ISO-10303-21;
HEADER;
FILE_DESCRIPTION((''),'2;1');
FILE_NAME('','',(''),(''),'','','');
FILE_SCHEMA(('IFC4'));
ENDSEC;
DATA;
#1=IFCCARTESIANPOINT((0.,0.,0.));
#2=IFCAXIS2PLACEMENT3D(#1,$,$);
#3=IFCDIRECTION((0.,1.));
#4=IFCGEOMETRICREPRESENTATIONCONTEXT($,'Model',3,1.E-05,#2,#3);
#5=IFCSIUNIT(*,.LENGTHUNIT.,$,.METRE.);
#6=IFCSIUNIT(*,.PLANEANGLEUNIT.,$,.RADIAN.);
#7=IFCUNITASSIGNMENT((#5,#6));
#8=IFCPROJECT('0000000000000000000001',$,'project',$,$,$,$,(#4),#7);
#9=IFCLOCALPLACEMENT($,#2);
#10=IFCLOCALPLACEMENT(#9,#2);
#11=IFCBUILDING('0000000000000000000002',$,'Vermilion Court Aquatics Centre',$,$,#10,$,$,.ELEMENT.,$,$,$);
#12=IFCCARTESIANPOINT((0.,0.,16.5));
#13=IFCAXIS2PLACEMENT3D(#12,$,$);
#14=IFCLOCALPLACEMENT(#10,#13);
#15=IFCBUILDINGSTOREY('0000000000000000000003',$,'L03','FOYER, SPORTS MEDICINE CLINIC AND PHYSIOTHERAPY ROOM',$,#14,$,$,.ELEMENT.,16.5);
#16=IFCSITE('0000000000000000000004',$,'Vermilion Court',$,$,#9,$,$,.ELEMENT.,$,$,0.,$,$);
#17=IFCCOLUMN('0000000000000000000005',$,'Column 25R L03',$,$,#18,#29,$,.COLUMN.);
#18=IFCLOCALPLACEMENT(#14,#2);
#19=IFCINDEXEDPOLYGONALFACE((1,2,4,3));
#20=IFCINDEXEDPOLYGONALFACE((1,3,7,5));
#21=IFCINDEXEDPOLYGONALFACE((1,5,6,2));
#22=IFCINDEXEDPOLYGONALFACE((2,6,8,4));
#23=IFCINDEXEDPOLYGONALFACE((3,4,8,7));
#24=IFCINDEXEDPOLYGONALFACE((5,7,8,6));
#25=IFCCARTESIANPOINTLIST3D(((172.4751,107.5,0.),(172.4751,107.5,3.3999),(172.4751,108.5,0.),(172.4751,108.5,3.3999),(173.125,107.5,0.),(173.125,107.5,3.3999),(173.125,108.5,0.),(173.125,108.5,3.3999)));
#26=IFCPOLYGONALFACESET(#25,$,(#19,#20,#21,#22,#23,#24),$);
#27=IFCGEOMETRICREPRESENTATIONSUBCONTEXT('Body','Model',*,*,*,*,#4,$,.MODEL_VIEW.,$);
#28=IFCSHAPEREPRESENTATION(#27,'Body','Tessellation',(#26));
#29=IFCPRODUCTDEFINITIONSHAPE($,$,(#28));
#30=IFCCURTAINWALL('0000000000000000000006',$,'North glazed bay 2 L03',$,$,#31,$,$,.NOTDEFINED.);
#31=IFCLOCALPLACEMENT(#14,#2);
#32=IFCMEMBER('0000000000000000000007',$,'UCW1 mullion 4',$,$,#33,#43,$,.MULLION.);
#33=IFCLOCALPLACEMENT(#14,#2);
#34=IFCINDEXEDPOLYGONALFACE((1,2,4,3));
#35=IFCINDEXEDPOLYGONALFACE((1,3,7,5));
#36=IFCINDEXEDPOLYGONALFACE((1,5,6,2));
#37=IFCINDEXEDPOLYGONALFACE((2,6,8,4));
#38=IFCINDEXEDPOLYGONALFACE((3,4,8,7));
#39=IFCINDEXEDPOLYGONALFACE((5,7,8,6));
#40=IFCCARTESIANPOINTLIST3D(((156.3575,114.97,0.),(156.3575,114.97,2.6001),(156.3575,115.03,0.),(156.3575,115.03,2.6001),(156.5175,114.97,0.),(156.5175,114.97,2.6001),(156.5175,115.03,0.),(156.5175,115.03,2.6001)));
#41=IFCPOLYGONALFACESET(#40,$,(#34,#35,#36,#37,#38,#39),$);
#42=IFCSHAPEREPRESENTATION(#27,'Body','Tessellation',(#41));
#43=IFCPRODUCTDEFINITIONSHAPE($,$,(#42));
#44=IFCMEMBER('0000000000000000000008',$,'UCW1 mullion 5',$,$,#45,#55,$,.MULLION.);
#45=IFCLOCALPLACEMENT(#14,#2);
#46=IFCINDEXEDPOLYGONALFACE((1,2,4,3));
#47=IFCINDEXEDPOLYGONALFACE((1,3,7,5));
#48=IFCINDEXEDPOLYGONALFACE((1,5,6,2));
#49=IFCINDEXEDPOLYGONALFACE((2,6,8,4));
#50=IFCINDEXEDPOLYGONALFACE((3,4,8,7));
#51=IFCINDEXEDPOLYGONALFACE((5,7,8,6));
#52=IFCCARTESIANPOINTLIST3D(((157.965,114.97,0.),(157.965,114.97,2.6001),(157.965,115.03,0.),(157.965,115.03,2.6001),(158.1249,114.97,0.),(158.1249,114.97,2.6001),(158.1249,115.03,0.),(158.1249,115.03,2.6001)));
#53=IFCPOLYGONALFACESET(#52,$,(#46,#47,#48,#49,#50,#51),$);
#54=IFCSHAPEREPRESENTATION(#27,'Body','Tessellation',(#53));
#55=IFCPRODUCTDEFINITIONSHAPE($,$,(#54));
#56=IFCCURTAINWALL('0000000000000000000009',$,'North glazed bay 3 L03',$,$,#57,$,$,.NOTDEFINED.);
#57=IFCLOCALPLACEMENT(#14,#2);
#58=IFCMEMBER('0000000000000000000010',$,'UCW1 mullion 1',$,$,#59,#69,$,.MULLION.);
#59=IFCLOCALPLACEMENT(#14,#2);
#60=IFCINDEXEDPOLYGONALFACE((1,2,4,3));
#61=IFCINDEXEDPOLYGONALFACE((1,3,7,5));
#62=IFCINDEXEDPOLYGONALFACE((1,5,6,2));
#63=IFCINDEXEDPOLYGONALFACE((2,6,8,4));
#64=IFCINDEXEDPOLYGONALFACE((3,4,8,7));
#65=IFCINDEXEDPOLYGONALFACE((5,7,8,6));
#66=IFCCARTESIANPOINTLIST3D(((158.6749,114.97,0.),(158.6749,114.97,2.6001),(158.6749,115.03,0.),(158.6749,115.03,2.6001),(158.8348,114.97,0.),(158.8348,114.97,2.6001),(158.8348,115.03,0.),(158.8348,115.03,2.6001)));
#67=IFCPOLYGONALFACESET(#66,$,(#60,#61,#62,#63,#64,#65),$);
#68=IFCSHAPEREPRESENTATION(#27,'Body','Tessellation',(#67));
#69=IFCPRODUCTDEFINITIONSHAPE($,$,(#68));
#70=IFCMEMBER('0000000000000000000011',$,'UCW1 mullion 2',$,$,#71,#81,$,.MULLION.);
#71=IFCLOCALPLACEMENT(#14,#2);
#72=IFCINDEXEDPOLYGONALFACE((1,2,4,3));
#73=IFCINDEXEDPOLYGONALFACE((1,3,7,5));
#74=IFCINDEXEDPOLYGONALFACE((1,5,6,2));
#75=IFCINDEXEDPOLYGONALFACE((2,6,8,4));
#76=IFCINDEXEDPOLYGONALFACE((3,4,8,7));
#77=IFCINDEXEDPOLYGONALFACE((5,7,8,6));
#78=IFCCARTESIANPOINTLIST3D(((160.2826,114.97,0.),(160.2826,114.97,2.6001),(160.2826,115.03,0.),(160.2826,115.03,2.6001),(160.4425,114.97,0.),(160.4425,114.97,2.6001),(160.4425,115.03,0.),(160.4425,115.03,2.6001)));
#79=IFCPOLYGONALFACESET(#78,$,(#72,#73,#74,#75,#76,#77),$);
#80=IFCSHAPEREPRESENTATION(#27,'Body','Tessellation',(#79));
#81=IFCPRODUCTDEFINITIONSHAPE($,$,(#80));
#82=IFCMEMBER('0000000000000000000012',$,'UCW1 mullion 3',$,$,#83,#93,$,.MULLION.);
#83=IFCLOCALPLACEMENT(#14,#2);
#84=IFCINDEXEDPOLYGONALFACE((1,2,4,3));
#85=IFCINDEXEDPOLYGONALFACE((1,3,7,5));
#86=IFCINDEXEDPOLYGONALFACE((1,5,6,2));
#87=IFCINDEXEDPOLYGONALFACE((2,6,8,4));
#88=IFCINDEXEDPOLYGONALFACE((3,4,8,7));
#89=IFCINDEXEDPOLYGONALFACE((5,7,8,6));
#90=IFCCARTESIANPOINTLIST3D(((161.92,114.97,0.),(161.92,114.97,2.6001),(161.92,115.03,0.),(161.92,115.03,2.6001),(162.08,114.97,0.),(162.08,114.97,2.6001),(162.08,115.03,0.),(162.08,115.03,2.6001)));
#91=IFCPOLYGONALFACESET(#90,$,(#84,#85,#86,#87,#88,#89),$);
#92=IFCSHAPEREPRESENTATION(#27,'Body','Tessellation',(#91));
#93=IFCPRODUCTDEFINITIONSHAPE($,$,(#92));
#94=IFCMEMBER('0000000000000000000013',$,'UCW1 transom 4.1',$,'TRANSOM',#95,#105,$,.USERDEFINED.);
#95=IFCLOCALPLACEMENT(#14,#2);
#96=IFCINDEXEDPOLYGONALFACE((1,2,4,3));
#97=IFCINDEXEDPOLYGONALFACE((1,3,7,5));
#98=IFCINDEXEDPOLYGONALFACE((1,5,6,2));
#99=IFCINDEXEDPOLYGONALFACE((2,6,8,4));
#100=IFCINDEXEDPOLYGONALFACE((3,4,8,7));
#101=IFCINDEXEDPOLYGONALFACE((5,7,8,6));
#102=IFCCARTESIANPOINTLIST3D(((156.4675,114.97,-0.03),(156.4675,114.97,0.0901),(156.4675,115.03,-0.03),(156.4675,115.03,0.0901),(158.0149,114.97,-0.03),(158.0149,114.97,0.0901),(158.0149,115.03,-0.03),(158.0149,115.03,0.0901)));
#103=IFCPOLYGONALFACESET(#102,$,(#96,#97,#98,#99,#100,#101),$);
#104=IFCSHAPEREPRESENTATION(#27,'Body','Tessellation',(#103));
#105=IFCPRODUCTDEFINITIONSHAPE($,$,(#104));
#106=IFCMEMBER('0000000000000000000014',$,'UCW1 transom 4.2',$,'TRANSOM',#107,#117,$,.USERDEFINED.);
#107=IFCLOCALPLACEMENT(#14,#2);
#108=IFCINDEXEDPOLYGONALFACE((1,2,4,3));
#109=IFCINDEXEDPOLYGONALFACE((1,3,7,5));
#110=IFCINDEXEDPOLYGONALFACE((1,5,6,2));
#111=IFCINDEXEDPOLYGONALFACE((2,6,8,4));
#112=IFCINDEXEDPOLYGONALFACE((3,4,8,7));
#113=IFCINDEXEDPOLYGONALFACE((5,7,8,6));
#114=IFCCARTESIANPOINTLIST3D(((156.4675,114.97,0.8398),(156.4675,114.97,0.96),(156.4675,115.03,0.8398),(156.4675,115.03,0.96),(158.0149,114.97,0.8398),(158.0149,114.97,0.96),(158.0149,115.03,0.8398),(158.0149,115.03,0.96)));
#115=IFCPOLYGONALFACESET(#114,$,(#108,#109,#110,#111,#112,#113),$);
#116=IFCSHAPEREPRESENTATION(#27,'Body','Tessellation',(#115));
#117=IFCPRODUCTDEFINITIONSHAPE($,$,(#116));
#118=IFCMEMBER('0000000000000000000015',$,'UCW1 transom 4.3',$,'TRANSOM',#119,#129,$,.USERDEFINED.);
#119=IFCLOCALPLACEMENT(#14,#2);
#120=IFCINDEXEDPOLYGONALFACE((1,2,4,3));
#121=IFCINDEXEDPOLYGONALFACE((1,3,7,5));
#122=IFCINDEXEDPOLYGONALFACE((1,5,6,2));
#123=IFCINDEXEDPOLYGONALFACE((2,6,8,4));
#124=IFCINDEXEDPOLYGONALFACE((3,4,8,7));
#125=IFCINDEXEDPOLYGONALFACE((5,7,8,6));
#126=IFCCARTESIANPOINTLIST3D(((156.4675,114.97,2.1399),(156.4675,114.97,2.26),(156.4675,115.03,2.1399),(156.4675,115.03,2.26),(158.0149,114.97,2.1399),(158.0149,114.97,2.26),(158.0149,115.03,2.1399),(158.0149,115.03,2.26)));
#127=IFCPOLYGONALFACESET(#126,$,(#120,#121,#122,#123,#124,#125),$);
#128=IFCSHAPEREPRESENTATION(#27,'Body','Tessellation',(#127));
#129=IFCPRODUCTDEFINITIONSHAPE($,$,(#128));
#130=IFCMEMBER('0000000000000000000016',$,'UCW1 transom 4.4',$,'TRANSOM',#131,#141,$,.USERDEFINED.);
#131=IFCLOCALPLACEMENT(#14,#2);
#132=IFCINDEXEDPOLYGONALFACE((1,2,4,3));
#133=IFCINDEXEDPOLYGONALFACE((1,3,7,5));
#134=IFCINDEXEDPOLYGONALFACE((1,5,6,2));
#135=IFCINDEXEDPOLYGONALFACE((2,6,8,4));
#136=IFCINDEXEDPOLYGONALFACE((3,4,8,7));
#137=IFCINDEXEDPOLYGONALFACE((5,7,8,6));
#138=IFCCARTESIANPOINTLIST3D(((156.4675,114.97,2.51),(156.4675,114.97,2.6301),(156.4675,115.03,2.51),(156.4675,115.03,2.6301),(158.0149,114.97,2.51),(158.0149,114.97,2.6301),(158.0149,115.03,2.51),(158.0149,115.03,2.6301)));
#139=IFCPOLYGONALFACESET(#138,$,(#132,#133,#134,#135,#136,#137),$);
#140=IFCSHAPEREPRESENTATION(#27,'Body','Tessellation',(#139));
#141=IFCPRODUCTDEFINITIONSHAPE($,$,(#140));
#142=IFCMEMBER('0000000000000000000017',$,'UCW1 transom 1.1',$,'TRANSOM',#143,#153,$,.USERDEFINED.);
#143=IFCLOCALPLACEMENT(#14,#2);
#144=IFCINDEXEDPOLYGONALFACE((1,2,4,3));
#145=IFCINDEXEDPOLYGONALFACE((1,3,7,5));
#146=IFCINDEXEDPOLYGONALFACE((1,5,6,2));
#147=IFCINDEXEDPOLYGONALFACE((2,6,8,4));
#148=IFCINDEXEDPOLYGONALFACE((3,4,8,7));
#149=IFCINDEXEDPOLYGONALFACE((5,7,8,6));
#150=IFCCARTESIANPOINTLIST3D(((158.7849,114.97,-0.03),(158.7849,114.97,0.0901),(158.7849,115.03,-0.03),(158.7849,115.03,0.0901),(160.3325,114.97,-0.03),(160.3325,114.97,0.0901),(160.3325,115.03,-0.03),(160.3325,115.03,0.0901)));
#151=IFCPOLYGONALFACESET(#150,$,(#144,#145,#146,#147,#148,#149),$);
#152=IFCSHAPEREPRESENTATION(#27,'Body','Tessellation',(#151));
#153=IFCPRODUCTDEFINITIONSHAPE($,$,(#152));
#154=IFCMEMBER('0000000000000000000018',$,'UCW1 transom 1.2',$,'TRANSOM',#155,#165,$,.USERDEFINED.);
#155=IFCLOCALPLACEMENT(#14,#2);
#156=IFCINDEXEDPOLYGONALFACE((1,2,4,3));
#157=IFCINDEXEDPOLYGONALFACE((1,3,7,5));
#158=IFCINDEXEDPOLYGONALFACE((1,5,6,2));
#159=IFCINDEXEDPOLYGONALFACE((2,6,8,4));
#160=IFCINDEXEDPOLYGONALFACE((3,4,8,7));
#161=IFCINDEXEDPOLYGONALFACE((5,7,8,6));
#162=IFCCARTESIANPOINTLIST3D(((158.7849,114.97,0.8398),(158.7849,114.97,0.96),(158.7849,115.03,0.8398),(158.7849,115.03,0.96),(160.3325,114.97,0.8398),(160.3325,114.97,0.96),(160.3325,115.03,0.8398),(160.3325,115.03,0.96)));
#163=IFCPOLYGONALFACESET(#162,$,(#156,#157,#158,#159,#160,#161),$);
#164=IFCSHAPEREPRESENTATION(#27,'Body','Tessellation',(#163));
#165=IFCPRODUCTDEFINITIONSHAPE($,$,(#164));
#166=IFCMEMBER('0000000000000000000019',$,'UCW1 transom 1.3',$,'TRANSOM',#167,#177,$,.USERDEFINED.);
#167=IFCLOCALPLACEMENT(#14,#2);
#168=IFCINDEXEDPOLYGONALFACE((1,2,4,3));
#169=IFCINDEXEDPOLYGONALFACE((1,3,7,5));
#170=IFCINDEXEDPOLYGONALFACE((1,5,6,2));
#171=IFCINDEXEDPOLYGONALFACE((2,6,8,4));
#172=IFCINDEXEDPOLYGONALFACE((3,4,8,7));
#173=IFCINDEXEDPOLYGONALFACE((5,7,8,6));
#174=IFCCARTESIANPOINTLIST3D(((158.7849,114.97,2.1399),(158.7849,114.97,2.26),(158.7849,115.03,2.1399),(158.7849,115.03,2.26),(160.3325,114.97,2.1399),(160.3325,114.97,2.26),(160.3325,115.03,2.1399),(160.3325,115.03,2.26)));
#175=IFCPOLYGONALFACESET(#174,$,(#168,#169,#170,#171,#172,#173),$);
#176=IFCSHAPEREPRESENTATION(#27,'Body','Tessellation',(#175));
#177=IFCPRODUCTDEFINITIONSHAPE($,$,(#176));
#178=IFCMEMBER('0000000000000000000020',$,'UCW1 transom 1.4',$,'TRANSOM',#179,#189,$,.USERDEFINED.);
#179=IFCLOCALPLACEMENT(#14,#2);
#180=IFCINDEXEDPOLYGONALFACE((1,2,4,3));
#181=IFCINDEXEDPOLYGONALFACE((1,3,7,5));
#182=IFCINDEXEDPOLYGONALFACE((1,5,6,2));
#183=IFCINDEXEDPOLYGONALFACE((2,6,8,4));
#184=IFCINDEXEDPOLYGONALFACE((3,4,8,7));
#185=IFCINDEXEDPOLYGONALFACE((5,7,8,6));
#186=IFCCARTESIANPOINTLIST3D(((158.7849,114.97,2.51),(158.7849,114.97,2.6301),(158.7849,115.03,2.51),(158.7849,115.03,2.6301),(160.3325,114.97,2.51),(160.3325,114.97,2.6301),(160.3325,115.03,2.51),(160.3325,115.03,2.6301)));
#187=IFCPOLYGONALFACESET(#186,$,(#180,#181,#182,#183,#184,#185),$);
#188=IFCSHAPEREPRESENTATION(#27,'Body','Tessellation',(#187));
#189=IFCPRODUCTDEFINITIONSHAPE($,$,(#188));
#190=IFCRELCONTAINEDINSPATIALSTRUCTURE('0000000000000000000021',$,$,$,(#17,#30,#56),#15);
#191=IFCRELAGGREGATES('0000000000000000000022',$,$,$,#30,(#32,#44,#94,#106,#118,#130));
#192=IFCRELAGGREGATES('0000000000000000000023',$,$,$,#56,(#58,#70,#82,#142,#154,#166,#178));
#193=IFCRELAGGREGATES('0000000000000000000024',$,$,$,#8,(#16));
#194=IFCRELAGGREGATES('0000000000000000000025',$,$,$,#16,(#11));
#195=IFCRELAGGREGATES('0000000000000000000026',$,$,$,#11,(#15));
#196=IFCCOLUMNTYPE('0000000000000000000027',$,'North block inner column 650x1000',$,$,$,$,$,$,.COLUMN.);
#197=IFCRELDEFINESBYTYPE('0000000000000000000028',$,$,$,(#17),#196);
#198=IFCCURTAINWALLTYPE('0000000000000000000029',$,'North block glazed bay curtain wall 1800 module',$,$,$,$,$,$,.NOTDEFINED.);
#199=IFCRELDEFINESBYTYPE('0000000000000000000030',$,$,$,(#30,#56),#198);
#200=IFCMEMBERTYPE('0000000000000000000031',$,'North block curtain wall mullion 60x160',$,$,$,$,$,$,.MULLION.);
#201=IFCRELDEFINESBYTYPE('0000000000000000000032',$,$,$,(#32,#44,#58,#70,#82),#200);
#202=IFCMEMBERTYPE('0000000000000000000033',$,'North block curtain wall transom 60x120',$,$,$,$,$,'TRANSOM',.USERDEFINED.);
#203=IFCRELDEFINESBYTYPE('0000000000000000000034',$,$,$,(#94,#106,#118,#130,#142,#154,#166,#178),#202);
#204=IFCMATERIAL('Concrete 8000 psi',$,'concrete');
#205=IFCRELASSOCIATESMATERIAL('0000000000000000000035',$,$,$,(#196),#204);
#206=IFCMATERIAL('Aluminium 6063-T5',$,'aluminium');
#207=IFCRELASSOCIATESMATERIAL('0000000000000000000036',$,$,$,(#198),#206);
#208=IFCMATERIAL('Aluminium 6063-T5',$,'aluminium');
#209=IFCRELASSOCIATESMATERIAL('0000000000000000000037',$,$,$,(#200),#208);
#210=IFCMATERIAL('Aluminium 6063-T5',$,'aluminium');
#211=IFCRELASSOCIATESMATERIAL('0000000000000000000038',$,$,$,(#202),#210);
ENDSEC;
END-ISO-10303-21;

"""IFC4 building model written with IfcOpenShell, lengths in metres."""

from ifc_helpers import new_model, si_unit, direction, frame, origin, origin_2d, place, context, subcontext, project, spatial, rectangle, extrude, material, material_profile, profile_set, type_object, element, aggregate, save


model = new_model("IFC4")

# Units and contexts
model_context = context("Model", 3, precision=1e-05, world=origin(), true_north=direction((0.0, 1.0)))
body_context = subcontext(model_context, "Body", "Model", "MODEL_VIEW")
ifc_project = project(units=[si_unit("LENGTHUNIT", "METRE"), si_unit("PLANEANGLEUNIT", "RADIAN")], contexts=[model_context])

# Site, building, storey
site_placement = place(None, origin())
site = spatial("IfcSite", under=ifc_project, at=site_placement, Name="Vermilion Court", CompositionType="ELEMENT", RefElevation=0.0)
building_placement = place(site_placement, origin())
building = spatial("IfcBuilding", under=site, at=building_placement, Name="Vermilion Court Aquatics Centre", CompositionType="ELEMENT")
storey_placement = place(building_placement, frame((0.0, 0.0, 16.5)))
storey = spatial("IfcBuildingStorey", under=building, at=storey_placement, Name="L03", Description="FOYER, SPORTS MEDICINE CLINIC AND PHYSIOTHERAPY ROOM", CompositionType="ELEMENT", Elevation=16.5)

# Column
ifc_material_1 = material(Name="Concrete 8000 psi", Category="concrete")
ifc_material_profile_1 = material_profile(ifc_material_1, rectangle(XDim=0.6499, YDim=1.0, at=origin_2d()), Name="RC 650x1000")
ifc_profile_set_1 = profile_set([ifc_material_profile_1], Name="Concrete 8000 psi")
column_type = type_object("IfcColumnType", Name="North block inner column 650x1000", PredefinedType="COLUMN", material=ifc_profile_set_1)
column_placement = place(storey_placement, frame((172.8, 108.0, 0.0), z_axis=(0.0, 0.0, 1.0), x_axis=(1.0, 0.0, 0.0)))
element("IfcColumn", 1, at=column_placement, inside=storey, type_object=column_type, Name="Column 25R L03", PredefinedType="COLUMN", context=body_context, shape_type="SweptSolid", body=[
    extrude(rectangle(XDim=0.6499, YDim=1.0, at=origin_2d()), origin(), (0.0, 0.0, 1.0), 3.3999),
])

# Curtain walls, members
ifc_material_2 = material(Name="Aluminium 6063-T5", Category="aluminium")
curtain_wall_type = type_object("IfcCurtainWallType", Name="North block glazed bay curtain wall 1800 module", PredefinedType="NOTDEFINED", material=ifc_material_2)
curtain_wall_1_placement = place(storey_placement, origin())
curtain_wall_1 = element("IfcCurtainWall", 2, at=curtain_wall_1_placement, inside=storey, type_object=curtain_wall_type, Name="North glazed bay 2 L03", PredefinedType="NOTDEFINED")
ifc_material_3 = material(Name="Aluminium 6063-T5", Category="aluminium")
ifc_material_profile_2 = material_profile(ifc_material_3, rectangle(XDim=0.0601, YDim=0.1599, at=origin_2d()), Name="AL 60x160")
ifc_profile_set_2 = profile_set([ifc_material_profile_2], Name="Aluminium 6063-T5")
member_type_1 = type_object("IfcMemberType", Name="North block curtain wall mullion 60x160", PredefinedType="MULLION", material=ifc_profile_set_2)
member_1_placement = place(storey_placement, frame((156.4375, 115.0, 0.0), z_axis=(0.0, 0.0, 1.0), x_axis=(0.0, 1.0, 0.0)))
member_1 = element("IfcMember", 3, at=member_1_placement, type_object=member_type_1, Name="UCW1 mullion 4", PredefinedType="MULLION", context=body_context, shape_type="SweptSolid", body=[
    extrude(rectangle(XDim=0.0601, YDim=0.1599, at=origin_2d()), origin(), (0.0, 0.0, 1.0), 2.6001),
])
member_2_placement = place(storey_placement, frame((158.0449, 115.0, 0.0), z_axis=(0.0, 0.0, 1.0), x_axis=(0.0, 1.0, 0.0)))
member_2 = element("IfcMember", 4, at=member_2_placement, type_object=member_type_1, Name="UCW1 mullion 5", PredefinedType="MULLION", context=body_context, shape_type="SweptSolid", body=[
    extrude(rectangle(XDim=0.0601, YDim=0.1599, at=origin_2d()), origin(), (0.0, 0.0, 1.0), 2.6001),
])
curtain_wall_2_placement = place(storey_placement, origin())
curtain_wall_2 = element("IfcCurtainWall", 5, at=curtain_wall_2_placement, inside=storey, type_object=curtain_wall_type, Name="North glazed bay 3 L03", PredefinedType="NOTDEFINED")
member_3_placement = place(storey_placement, frame((158.7549, 115.0, 0.0), z_axis=(0.0, 0.0, 1.0), x_axis=(0.0, 1.0, 0.0)))
member_3 = element("IfcMember", 6, at=member_3_placement, type_object=member_type_1, Name="UCW1 mullion 1", PredefinedType="MULLION", context=body_context, shape_type="SweptSolid", body=[
    extrude(rectangle(XDim=0.0601, YDim=0.1599, at=origin_2d()), origin(), (0.0, 0.0, 1.0), 2.6001),
])
member_4_placement = place(storey_placement, frame((160.3625, 115.0, 0.0), z_axis=(0.0, 0.0, 1.0), x_axis=(0.0, 1.0, 0.0)))
member_4 = element("IfcMember", 7, at=member_4_placement, type_object=member_type_1, Name="UCW1 mullion 2", PredefinedType="MULLION", context=body_context, shape_type="SweptSolid", body=[
    extrude(rectangle(XDim=0.0601, YDim=0.1599, at=origin_2d()), origin(), (0.0, 0.0, 1.0), 2.6001),
])
member_5_placement = place(storey_placement, frame((162.0, 115.0, 0.0), z_axis=(0.0, 0.0, 1.0), x_axis=(0.0, 1.0, 0.0)))
member_5 = element("IfcMember", 8, at=member_5_placement, type_object=member_type_1, Name="UCW1 mullion 3", PredefinedType="MULLION", context=body_context, shape_type="SweptSolid", body=[
    extrude(rectangle(XDim=0.0601, YDim=0.1599, at=origin_2d()), origin(), (0.0, 0.0, 1.0), 2.6001),
])

# Members
ifc_material_4 = material(Name="Aluminium 6063-T5", Category="aluminium")
ifc_material_profile_3 = material_profile(ifc_material_4, rectangle(XDim=0.0601, YDim=0.1201, at=origin_2d()), Name="AL 60x120")
ifc_profile_set_3 = profile_set([ifc_material_profile_3], Name="Aluminium 6063-T5")
member_type_2 = type_object("IfcMemberType", Name="North block curtain wall transom 60x120", ElementType="TRANSOM", PredefinedType="USERDEFINED", material=ifc_profile_set_3)
member_6_placement = place(storey_placement, frame((156.4675, 115.0, 0.03), z_axis=(1.0, 0.0, 0.0), x_axis=(0.0, 1.0, 0.0)))
member_6 = element("IfcMember", 9, at=member_6_placement, type_object=member_type_2, Name="UCW1 transom 4.1", ObjectType="TRANSOM", PredefinedType="USERDEFINED", context=body_context, shape_type="SweptSolid", body=[
    extrude(rectangle(XDim=0.0601, YDim=0.1201, at=origin_2d()), origin(), (0.0, 0.0, 1.0), 1.5474),
])
member_7_placement = place(storey_placement, frame((156.4675, 115.0, 0.8999), z_axis=(1.0, 0.0, 0.0), x_axis=(0.0, 1.0, 0.0)))
member_7 = element("IfcMember", 10, at=member_7_placement, type_object=member_type_2, Name="UCW1 transom 4.2", ObjectType="TRANSOM", PredefinedType="USERDEFINED", context=body_context, shape_type="SweptSolid", body=[
    extrude(rectangle(XDim=0.0601, YDim=0.1201, at=origin_2d()), origin(), (0.0, 0.0, 1.0), 1.5474),
])
member_8_placement = place(storey_placement, frame((156.4675, 115.0, 2.2), z_axis=(1.0, 0.0, 0.0), x_axis=(0.0, 1.0, 0.0)))
member_8 = element("IfcMember", 11, at=member_8_placement, type_object=member_type_2, Name="UCW1 transom 4.3", ObjectType="TRANSOM", PredefinedType="USERDEFINED", context=body_context, shape_type="SweptSolid", body=[
    extrude(rectangle(XDim=0.0601, YDim=0.1201, at=origin_2d()), origin(), (0.0, 0.0, 1.0), 1.5474),
])
member_9_placement = place(storey_placement, frame((156.4675, 115.0, 2.5701), z_axis=(1.0, 0.0, 0.0), x_axis=(0.0, 1.0, 0.0)))
member_9 = element("IfcMember", 12, at=member_9_placement, type_object=member_type_2, Name="UCW1 transom 4.4", ObjectType="TRANSOM", PredefinedType="USERDEFINED", context=body_context, shape_type="SweptSolid", body=[
    extrude(rectangle(XDim=0.0601, YDim=0.1201, at=origin_2d()), origin(), (0.0, 0.0, 1.0), 1.5474),
])
member_10_placement = place(storey_placement, frame((158.7849, 115.0, 0.03), z_axis=(1.0, 0.0, 0.0), x_axis=(0.0, 1.0, 0.0)))
member_10 = element("IfcMember", 13, at=member_10_placement, type_object=member_type_2, Name="UCW1 transom 1.1", ObjectType="TRANSOM", PredefinedType="USERDEFINED", context=body_context, shape_type="SweptSolid", body=[
    extrude(rectangle(XDim=0.0601, YDim=0.1201, at=origin_2d()), origin(), (0.0, 0.0, 1.0), 1.5476),
])
member_11_placement = place(storey_placement, frame((158.7849, 115.0, 0.8999), z_axis=(1.0, 0.0, 0.0), x_axis=(0.0, 1.0, 0.0)))
member_11 = element("IfcMember", 14, at=member_11_placement, type_object=member_type_2, Name="UCW1 transom 1.2", ObjectType="TRANSOM", PredefinedType="USERDEFINED", context=body_context, shape_type="SweptSolid", body=[
    extrude(rectangle(XDim=0.0601, YDim=0.1201, at=origin_2d()), origin(), (0.0, 0.0, 1.0), 1.5476),
])
member_12_placement = place(storey_placement, frame((158.7849, 115.0, 2.2), z_axis=(1.0, 0.0, 0.0), x_axis=(0.0, 1.0, 0.0)))
member_12 = element("IfcMember", 15, at=member_12_placement, type_object=member_type_2, Name="UCW1 transom 1.3", ObjectType="TRANSOM", PredefinedType="USERDEFINED", context=body_context, shape_type="SweptSolid", body=[
    extrude(rectangle(XDim=0.0601, YDim=0.1201, at=origin_2d()), origin(), (0.0, 0.0, 1.0), 1.5476),
])
member_13_placement = place(storey_placement, frame((158.7849, 115.0, 2.5701), z_axis=(1.0, 0.0, 0.0), x_axis=(0.0, 1.0, 0.0)))
member_13 = element("IfcMember", 16, at=member_13_placement, type_object=member_type_2, Name="UCW1 transom 1.4", ObjectType="TRANSOM", PredefinedType="USERDEFINED", context=body_context, shape_type="SweptSolid", body=[
    extrude(rectangle(XDim=0.0601, YDim=0.1201, at=origin_2d()), origin(), (0.0, 0.0, 1.0), 1.5476),
])

aggregate(curtain_wall_1, [member_1, member_2, member_6, member_7, member_8, member_9])
aggregate(curtain_wall_2, [member_3, member_4, member_5, member_10, member_11, member_12, member_13])

save(model, "model.ifc")
